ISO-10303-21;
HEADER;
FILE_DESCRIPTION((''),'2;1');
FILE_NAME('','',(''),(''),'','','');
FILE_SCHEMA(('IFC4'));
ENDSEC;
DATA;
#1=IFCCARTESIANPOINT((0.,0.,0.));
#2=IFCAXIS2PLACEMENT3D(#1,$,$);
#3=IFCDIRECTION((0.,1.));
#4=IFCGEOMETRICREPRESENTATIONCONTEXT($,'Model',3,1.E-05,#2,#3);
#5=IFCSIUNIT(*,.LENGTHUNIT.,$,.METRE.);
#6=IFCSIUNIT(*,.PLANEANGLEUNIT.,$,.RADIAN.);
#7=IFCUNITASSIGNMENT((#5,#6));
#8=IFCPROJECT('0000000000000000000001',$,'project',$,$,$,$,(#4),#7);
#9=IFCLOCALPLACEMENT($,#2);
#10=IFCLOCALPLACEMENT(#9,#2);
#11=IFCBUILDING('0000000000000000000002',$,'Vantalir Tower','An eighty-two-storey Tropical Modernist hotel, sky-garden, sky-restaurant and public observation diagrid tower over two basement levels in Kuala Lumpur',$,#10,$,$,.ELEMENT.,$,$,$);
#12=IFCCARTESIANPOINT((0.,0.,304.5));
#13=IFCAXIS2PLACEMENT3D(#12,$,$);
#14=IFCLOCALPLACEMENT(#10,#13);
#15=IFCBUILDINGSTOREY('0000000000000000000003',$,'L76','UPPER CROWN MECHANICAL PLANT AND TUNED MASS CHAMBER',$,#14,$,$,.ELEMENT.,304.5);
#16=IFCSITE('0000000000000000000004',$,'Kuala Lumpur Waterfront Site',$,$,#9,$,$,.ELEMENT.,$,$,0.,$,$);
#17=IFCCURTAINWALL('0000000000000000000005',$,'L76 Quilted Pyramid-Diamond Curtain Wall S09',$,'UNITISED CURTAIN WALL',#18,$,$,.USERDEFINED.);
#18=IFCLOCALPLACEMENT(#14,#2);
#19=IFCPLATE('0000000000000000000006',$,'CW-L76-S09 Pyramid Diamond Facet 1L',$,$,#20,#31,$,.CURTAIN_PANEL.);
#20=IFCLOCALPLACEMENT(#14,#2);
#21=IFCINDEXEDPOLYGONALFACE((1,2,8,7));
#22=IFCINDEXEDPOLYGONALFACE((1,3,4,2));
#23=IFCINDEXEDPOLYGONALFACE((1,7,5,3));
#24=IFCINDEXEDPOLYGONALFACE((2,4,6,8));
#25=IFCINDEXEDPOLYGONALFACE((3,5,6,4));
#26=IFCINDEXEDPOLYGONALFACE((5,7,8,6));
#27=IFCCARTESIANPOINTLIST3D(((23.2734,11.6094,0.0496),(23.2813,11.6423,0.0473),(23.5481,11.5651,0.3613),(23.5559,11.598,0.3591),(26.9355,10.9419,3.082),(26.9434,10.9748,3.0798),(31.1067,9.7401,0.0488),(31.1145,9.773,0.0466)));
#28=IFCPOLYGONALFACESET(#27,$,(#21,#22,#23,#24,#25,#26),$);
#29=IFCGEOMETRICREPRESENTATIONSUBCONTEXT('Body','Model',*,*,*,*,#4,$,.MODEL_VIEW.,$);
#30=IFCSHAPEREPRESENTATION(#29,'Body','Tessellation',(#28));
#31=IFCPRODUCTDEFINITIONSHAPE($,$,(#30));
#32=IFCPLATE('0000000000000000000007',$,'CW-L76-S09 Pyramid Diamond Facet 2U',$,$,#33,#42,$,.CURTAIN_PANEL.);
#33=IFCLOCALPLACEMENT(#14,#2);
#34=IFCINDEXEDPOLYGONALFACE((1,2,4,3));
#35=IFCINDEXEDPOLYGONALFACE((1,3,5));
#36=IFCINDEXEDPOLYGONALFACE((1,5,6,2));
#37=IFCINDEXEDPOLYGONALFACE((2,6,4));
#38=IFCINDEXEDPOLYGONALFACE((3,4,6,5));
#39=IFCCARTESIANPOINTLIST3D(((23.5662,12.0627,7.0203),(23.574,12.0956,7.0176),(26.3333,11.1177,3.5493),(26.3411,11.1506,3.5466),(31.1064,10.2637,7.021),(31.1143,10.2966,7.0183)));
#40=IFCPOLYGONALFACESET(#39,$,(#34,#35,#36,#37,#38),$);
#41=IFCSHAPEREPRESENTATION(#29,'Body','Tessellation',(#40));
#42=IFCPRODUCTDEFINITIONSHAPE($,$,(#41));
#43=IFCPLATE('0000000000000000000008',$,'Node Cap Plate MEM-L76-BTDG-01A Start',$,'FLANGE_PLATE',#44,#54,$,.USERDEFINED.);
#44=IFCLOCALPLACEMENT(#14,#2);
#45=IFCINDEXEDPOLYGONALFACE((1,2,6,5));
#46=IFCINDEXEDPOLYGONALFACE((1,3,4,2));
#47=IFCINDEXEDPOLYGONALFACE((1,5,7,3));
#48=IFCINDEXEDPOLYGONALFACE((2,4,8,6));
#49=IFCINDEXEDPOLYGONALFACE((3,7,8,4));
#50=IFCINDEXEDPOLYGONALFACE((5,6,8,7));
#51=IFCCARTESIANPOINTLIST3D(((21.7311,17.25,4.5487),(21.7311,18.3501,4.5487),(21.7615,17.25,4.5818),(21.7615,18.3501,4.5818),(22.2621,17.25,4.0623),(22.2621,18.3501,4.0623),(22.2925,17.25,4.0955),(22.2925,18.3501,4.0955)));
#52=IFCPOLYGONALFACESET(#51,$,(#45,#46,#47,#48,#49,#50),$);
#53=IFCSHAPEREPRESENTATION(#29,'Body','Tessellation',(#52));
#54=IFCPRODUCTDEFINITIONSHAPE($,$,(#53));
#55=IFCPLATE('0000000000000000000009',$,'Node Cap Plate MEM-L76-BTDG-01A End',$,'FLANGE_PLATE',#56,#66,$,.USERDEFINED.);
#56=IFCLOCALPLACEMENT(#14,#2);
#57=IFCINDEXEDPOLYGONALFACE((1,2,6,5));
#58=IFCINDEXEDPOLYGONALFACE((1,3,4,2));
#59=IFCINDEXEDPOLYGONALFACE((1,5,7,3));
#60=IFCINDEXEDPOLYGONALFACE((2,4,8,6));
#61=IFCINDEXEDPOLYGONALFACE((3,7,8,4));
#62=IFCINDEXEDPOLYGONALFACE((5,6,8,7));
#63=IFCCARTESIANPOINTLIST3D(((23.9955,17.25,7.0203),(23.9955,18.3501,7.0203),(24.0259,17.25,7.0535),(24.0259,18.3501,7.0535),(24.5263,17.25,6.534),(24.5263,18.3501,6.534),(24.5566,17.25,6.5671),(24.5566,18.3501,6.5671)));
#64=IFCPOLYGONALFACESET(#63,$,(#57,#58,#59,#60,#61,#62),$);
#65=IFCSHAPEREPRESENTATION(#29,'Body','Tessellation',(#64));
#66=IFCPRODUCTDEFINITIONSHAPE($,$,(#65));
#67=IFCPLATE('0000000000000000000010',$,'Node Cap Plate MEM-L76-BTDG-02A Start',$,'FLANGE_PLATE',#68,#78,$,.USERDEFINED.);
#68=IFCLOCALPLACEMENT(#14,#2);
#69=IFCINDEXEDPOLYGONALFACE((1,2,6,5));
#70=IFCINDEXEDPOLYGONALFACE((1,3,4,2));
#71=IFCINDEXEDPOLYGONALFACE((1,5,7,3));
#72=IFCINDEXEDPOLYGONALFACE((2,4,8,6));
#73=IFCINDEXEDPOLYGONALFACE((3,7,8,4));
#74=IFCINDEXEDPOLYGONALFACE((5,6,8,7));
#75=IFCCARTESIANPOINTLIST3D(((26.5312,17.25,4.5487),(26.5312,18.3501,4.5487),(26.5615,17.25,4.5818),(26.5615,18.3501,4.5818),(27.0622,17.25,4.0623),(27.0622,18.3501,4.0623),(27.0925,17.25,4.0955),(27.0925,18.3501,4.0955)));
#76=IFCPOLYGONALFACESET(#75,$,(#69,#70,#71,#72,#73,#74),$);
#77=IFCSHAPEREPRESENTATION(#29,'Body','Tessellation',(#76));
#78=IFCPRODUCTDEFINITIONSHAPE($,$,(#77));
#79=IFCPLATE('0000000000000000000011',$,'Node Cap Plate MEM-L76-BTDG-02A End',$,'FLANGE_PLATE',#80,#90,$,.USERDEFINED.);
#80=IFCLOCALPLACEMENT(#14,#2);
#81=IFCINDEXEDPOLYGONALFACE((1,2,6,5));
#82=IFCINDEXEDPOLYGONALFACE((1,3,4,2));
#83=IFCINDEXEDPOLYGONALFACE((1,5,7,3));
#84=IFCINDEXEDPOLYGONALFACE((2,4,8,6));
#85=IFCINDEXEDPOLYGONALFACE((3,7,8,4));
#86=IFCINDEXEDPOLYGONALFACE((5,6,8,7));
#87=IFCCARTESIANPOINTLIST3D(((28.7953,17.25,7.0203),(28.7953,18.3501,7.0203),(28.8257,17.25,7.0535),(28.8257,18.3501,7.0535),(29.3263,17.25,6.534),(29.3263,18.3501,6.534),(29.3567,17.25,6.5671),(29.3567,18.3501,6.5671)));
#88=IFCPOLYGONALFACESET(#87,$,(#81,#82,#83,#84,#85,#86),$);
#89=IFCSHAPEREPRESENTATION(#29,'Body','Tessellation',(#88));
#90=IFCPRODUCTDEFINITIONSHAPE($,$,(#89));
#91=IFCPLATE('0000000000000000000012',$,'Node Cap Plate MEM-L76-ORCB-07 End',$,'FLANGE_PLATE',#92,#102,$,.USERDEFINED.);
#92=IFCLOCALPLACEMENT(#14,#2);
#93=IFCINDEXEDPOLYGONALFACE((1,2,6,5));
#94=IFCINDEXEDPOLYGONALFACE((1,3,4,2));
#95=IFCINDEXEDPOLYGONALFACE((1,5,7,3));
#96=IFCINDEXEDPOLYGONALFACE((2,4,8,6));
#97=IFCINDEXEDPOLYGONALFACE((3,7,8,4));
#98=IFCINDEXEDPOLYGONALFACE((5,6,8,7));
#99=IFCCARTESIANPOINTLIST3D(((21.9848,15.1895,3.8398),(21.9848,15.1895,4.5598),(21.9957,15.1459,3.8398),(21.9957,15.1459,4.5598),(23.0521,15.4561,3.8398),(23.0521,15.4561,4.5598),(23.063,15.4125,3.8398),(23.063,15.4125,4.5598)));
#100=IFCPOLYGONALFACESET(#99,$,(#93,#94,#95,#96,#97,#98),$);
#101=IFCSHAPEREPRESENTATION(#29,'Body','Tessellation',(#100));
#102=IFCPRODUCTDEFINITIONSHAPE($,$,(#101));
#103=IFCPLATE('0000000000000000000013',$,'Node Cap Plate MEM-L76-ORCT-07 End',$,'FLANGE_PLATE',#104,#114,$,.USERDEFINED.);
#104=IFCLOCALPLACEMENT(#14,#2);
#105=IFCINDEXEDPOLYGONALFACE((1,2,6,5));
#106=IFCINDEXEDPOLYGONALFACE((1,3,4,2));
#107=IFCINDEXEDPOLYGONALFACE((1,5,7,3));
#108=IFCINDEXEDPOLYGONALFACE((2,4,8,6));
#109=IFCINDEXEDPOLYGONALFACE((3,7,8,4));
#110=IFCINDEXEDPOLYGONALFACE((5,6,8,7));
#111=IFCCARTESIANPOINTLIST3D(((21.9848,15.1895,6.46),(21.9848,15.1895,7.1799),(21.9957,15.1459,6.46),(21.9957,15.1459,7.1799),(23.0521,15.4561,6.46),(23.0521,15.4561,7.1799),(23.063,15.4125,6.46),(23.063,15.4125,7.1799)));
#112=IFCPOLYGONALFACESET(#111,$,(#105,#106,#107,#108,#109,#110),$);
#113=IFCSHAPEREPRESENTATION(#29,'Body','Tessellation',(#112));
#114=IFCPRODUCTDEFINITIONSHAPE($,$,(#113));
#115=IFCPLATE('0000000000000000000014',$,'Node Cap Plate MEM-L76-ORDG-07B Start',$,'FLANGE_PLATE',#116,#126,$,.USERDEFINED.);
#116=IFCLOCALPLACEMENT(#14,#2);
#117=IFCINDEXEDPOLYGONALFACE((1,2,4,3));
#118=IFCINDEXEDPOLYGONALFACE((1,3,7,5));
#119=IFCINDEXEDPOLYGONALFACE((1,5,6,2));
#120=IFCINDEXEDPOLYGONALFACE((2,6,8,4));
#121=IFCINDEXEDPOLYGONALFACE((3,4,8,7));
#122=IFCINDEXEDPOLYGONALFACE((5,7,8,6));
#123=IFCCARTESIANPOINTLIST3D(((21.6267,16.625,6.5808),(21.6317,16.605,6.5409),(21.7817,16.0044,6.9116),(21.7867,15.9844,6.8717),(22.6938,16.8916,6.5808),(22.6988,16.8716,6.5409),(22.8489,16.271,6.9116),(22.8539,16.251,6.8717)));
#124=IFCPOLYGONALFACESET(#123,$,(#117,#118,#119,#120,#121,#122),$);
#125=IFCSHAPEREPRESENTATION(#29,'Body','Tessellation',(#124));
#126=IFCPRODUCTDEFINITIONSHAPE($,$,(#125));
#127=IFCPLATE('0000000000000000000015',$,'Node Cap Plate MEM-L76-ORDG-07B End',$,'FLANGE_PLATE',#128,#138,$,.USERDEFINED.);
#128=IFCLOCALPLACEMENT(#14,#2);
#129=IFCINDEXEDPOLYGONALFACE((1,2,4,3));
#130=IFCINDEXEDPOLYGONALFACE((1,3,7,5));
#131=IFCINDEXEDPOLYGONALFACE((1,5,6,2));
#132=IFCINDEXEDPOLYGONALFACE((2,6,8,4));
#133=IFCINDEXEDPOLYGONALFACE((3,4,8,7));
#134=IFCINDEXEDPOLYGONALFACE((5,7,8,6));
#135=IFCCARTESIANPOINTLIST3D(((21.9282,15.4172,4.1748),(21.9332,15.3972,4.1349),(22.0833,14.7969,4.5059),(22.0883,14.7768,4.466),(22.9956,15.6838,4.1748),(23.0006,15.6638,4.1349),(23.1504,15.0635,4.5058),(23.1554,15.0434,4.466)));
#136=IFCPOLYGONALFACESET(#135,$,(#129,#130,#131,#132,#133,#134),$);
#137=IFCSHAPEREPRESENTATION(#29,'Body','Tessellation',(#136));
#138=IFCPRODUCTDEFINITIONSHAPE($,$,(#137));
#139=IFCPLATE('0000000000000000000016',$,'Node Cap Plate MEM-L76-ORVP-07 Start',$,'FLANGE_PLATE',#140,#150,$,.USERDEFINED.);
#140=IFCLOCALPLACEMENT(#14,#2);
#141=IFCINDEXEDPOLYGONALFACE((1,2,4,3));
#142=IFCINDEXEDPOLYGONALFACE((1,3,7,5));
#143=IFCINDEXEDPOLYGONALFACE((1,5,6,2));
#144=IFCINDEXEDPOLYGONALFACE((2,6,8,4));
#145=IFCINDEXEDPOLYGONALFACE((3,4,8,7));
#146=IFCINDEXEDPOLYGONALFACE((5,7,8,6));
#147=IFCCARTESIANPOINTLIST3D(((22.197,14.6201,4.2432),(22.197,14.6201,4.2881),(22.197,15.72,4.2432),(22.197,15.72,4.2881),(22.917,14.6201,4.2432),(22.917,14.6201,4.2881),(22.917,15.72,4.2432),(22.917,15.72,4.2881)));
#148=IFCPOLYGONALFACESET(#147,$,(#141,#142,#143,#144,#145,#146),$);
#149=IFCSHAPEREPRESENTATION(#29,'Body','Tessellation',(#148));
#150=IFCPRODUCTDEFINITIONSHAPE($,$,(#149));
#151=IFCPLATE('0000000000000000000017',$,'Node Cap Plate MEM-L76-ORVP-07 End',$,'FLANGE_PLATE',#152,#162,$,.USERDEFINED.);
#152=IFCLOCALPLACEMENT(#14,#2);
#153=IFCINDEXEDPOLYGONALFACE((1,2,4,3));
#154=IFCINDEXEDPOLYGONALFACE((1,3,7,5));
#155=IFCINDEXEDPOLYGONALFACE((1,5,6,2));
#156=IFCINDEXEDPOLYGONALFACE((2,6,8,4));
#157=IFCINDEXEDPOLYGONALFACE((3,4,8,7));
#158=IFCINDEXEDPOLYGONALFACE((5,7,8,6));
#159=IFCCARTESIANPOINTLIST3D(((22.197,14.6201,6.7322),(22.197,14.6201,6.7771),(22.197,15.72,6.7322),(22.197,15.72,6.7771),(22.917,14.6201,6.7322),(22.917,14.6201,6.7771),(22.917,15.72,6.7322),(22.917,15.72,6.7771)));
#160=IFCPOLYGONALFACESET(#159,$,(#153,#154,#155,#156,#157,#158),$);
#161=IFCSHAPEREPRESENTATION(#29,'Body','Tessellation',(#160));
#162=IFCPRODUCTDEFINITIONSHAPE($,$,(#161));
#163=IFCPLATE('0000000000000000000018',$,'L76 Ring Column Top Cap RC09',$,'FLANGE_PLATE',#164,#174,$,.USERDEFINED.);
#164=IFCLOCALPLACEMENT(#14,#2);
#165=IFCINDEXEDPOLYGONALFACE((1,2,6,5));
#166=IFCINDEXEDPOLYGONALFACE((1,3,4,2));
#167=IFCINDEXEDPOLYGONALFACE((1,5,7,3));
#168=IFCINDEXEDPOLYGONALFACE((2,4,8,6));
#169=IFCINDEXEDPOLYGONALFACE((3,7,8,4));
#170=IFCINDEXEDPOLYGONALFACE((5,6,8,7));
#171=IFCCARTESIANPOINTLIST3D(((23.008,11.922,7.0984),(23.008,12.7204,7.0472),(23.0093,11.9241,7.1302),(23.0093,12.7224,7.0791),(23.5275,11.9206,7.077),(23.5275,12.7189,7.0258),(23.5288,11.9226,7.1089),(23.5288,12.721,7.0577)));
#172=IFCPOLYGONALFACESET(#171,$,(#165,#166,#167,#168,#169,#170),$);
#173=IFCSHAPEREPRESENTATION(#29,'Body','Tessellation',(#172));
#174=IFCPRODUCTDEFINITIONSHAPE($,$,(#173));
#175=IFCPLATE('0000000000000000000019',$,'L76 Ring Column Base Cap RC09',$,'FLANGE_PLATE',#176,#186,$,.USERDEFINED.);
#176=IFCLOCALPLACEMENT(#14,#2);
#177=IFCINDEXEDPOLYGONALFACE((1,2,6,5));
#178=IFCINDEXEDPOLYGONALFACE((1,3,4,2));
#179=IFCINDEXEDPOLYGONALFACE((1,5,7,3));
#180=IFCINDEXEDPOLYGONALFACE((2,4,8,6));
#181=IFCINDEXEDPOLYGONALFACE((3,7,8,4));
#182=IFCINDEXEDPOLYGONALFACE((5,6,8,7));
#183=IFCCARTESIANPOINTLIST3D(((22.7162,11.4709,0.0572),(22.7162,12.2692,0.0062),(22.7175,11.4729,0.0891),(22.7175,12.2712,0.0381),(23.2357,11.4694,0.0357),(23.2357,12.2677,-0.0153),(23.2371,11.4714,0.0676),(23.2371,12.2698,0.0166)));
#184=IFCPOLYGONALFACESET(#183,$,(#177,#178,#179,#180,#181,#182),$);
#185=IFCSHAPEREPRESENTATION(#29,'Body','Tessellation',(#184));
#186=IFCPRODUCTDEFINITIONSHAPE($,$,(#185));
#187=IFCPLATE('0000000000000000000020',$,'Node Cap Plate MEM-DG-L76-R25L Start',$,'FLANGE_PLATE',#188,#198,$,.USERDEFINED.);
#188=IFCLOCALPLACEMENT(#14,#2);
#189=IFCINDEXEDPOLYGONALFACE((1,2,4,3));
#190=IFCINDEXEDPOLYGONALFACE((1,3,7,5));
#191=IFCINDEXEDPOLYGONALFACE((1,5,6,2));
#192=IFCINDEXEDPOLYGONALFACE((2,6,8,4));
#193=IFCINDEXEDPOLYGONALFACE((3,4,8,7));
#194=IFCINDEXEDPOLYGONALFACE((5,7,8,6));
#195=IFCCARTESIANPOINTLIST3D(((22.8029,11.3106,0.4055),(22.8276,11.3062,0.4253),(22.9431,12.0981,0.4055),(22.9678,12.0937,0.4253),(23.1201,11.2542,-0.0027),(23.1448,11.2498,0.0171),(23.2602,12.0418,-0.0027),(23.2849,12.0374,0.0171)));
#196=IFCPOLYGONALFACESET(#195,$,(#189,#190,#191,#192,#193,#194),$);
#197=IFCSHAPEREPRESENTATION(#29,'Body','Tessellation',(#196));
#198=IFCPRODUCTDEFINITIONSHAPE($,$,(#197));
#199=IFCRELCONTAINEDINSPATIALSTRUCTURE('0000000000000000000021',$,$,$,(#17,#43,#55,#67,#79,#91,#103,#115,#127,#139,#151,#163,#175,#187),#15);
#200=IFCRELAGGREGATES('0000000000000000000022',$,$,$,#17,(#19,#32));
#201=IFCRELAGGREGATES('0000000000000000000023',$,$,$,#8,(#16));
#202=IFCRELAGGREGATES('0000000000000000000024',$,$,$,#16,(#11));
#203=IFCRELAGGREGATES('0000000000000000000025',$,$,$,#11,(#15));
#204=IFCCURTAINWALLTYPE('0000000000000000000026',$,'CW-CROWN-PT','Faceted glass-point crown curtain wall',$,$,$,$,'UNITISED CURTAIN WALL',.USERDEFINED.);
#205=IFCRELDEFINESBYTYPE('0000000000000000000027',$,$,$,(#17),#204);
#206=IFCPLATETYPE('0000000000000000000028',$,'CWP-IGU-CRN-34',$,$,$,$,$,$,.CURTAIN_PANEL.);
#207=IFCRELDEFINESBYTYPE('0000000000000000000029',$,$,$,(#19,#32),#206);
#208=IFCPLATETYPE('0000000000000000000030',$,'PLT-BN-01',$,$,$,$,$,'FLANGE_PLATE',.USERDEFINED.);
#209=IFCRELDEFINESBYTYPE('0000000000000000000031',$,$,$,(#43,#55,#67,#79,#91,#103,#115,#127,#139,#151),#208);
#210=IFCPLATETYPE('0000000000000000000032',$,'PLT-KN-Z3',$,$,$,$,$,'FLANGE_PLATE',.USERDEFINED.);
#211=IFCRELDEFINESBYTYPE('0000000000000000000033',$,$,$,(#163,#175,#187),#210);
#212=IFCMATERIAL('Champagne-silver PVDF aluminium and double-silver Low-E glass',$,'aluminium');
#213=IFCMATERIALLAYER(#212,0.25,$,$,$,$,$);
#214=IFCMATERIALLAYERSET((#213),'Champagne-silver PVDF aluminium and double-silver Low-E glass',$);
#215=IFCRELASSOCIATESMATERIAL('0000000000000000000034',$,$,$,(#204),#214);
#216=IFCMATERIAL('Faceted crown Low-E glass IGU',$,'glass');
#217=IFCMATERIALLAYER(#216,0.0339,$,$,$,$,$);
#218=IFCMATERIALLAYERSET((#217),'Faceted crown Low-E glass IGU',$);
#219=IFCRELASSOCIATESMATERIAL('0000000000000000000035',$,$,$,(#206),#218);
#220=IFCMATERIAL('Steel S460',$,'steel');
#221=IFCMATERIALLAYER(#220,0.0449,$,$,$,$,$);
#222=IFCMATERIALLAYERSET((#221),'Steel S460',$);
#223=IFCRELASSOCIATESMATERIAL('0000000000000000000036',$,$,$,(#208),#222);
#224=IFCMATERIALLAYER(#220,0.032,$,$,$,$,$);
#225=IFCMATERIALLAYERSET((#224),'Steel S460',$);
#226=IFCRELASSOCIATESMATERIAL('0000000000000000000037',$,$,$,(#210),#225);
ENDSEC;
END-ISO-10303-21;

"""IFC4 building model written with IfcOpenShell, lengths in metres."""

from ifc_helpers import new_model, si_unit, direction, frame, origin, origin_2d, place, context, subcontext, project, spatial, polyline, rectangle, outline, extrude, material, layer, layer_set, type_object, element, aggregate, save


model = new_model("IFC4")

# Units and contexts
model_context = context("Model", 3, precision=1e-05, world=origin(), true_north=direction((0.0, 1.0)))
body_context = subcontext(model_context, "Body", "Model", "MODEL_VIEW")
ifc_project = project(units=[si_unit("LENGTHUNIT", "METRE"), si_unit("PLANEANGLEUNIT", "RADIAN")], contexts=[model_context])

# Site, building, storey
site_placement = place(None, origin())
site = spatial("IfcSite", under=ifc_project, at=site_placement, Name="Kuala Lumpur Waterfront Site", CompositionType="ELEMENT", RefElevation=0.0)
building_placement = place(site_placement, origin())
building = spatial("IfcBuilding", under=site, at=building_placement, Name="Vantalir Tower", Description="An eighty-two-storey Tropical Modernist hotel, sky-garden, sky-restaurant and public observation diagrid tower over two basement levels in Kuala Lumpur", CompositionType="ELEMENT")
storey_placement = place(building_placement, frame((0.0, 0.0, 304.5)))
storey = spatial("IfcBuildingStorey", under=building, at=storey_placement, Name="L76", Description="UPPER CROWN MECHANICAL PLANT AND TUNED MASS CHAMBER", CompositionType="ELEMENT", Elevation=304.5)

# Shared definitions
ifc_material_1 = material(Name="Steel S460", Category="steel")

# Shared definitions
ifc_material_2 = material(Name="Champagne-silver PVDF aluminium and double-silver Low-E glass", Category="aluminium")
ifc_layer_1 = layer(ifc_material_2, 0.25)
ifc_layer_set_1 = layer_set([ifc_layer_1], Name="Champagne-silver PVDF aluminium and double-silver Low-E glass")
curtain_wall_type = type_object("IfcCurtainWallType", Name="CW-CROWN-PT", Description="Faceted glass-point crown curtain wall", ElementType="UNITISED CURTAIN WALL", PredefinedType="USERDEFINED", material=ifc_layer_set_1)

# Curtain wall
curtain_wall_1_placement = place(storey_placement, origin())
curtain_wall_1 = element("IfcCurtainWall", 1, at=curtain_wall_1_placement, inside=storey, type_object=curtain_wall_type, Name="L76 Quilted Pyramid-Diamond Curtain Wall S09", ObjectType="UNITISED CURTAIN WALL", PredefinedType="USERDEFINED")

# Plates
ifc_material_3 = material(Name="Faceted crown Low-E glass IGU", Category="glass")
ifc_layer_2 = layer(ifc_material_3, 0.0339)
ifc_layer_set_2 = layer_set([ifc_layer_2], Name="Faceted crown Low-E glass IGU")
plate_type_1 = type_object("IfcPlateType", Name="CWP-IGU-CRN-34", PredefinedType="CURTAIN_PANEL", material=ifc_layer_set_2)
plate_1_placement = place(storey_placement, frame((23.2734, 11.6094, 0.0496), z_axis=(-0.231603, -0.970565, 0.066059), x_axis=(0.972688, -0.232115, -0.00009)))
plate_1 = element("IfcPlate", 2, at=plate_1_placement, type_object=plate_type_1, Name="CW-L76-S09 Pyramid Diamond Facet 1L", PredefinedType="CURTAIN_PANEL", context=body_context, shape_type="SweptSolid", body=[
    extrude(outline(polyline([(0.0, 0.0), (8.0532, 0.0), (3.7168, 3.0394), (0.2774, 0.3125), (0.0, 0.0)])), origin(), (0.0, 0.0, -1.0), 0.0339),
])
plate_2_placement = place(storey_placement, frame((31.1064, 10.2637, 7.021), z_axis=(-0.231352, -0.969611, 0.079568), x_axis=(-0.972697, 0.23208, -0.000094)))
plate_2 = element("IfcPlate", 3, at=plate_2_placement, type_object=plate_type_1, Name="CW-L76-S09 Pyramid Diamond Facet 2U", PredefinedType="CURTAIN_PANEL", context=body_context, shape_type="SweptSolid", body=[
    extrude(outline(polyline([(0.0, 0.0), (7.7519, 0.0), (4.8414, 3.4823), (0.0, 0.0)])), origin(), (0.0, 0.0, -1.0), 0.0339),
])
aggregate(curtain_wall_1, [plate_1, plate_2])

# Plates
ifc_layer_3 = layer(ifc_material_1, 0.0449)
ifc_layer_set_3 = layer_set([ifc_layer_3], Name="Steel S460")
plate_type_2 = type_object("IfcPlateType", Name="PLT-BN-01", ElementType="FLANGE_PLATE", PredefinedType="USERDEFINED", material=ifc_layer_set_3)
plate_3_placement = place(storey_placement, frame((22.2925, 17.25, 4.0955), z_axis=(0.675402, 0.0, 0.73745), x_axis=(0.0, 1.0, 0.0)))
element("IfcPlate", 4, at=plate_3_placement, inside=storey, type_object=plate_type_2, Name="Node Cap Plate MEM-L76-BTDG-01A Start", ObjectType="FLANGE_PLATE", PredefinedType="USERDEFINED", context=body_context, shape_type="SweptSolid", body=[
    extrude(outline(polyline([(0.0, 0.0), (1.1001, 0.0), (1.1001, 0.7201), (0.0, 0.7201), (0.0, 0.0)])), origin(), (0.0, 0.0, -1.0), 0.0449),
])
plate_4_placement = place(storey_placement, frame((24.5566, 17.25, 6.5671), z_axis=(0.675571, 0.0, 0.737295), x_axis=(0.0, 1.0, 0.0)))
element("IfcPlate", 5, at=plate_4_placement, inside=storey, type_object=plate_type_2, Name="Node Cap Plate MEM-L76-BTDG-01A End", ObjectType="FLANGE_PLATE", PredefinedType="USERDEFINED", context=body_context, shape_type="SweptSolid", body=[
    extrude(outline(polyline([(0.0, 0.0), (1.1001, 0.0), (1.1001, 0.7199), (0.0, 0.7199), (0.0, 0.0)])), origin(), (0.0, 0.0, -1.0), 0.0449),
])
for number, where, z_axis, x_axis, name in (
    (6, (27.0925, 17.25, 4.0955), (0.675402, 0.0, 0.73745), (0.0, 1.0, 0.0), "Node Cap Plate MEM-L76-BTDG-02A Start"),
    (7, (29.3567, 17.25, 6.5671), (0.675402, 0.0, 0.73745), (0.0, 1.0, 0.0), "Node Cap Plate MEM-L76-BTDG-02A End"),
):
    element("IfcPlate", number, at=place(storey_placement, frame(where, z_axis=z_axis, x_axis=x_axis)), inside=storey, type_object=plate_type_2, Name=name, ObjectType="FLANGE_PLATE", PredefinedType="USERDEFINED", context=body_context, shape_type="SweptSolid", body=[
        extrude(outline(polyline([(0.0, 0.0), (1.1001, 0.0), (1.1001, 0.7201), (0.0, 0.7201), (0.0, 0.0)])), origin(), (0.0, 0.0, -1.0), 0.0449),
    ])
for number, where, z_axis, x_axis, name in (
    (8, (22.5239, 15.301, 3.8398), (0.0, 0.0, 1.0), (0.242362, -0.970186, 0.0), "Node Cap Plate MEM-L76-ORCB-07 End"),
    (9, (22.5239, 15.301, 6.46), (0.0, 0.0, 1.0), (0.242362, -0.970186, 0.0), "Node Cap Plate MEM-L76-ORCT-07 End"),
):
    element("IfcPlate", number, at=place(storey_placement, frame(where, z_axis=z_axis, x_axis=x_axis)), inside=storey, type_object=plate_type_2, Name=name, ObjectType="FLANGE_PLATE", PredefinedType="USERDEFINED", context=body_context, shape_type="SweptSolid", body=[
        extrude(rectangle(XDim=0.0449, YDim=1.1001, at=origin_2d()), origin(), (0.0, 0.0, 1.0), 0.72),
    ])
plate_5_placement = place(storey_placement, frame((22.6938, 16.8916, 6.5808), z_axis=(-0.111339, 0.445664, 0.88825), x_axis=(-0.970182, -0.242379, 0.0)))
element("IfcPlate", 10, at=plate_5_placement, inside=storey, type_object=plate_type_2, Name="Node Cap Plate MEM-L76-ORDG-07B Start", ObjectType="FLANGE_PLATE", PredefinedType="USERDEFINED", context=body_context, shape_type="SweptSolid", body=[
    extrude(outline(polyline([(0.0, 0.0), (1.0999, 0.0), (1.1, 0.7202), (0.0, 0.7202), (0.0, 0.0)])), origin(), (0.0, 0.0, -1.0), 0.0449),
])
plate_6_placement = place(storey_placement, frame((22.9956, 15.6838, 4.1748), z_axis=(-0.111429, 0.446073, 0.888033), x_axis=(-0.970193, -0.242332, -0.000011)))
element("IfcPlate", 11, at=plate_6_placement, inside=storey, type_object=plate_type_2, Name="Node Cap Plate MEM-L76-ORDG-07B End", ObjectType="FLANGE_PLATE", PredefinedType="USERDEFINED", context=body_context, shape_type="SweptSolid", body=[
    extrude(outline(polyline([(0.0, 0.0), (1.1002, 0.0), (1.1001, 0.7201), (0.0002, 0.72), (0.0, 0.0)])), origin(), (0.0, 0.0, -1.0), 0.0449),
])
for number, where, z_axis, x_axis, name in (
    (12, (22.197, 15.72, 4.2881), (0.0, 0.0, 1.0), (0.0, -1.0, 0.0), "Node Cap Plate MEM-L76-ORVP-07 Start"),
    (13, (22.197, 15.72, 6.7771), (0.0, 0.0, 1.0), (0.0, -1.0, 0.0), "Node Cap Plate MEM-L76-ORVP-07 End"),
):
    element("IfcPlate", number, at=place(storey_placement, frame(where, z_axis=z_axis, x_axis=x_axis)), inside=storey, type_object=plate_type_2, Name=name, ObjectType="FLANGE_PLATE", PredefinedType="USERDEFINED", context=body_context, shape_type="SweptSolid", body=[
        extrude(outline(polyline([(0.0, 0.0), (1.0999, 0.0), (1.0999, 0.72), (0.0, 0.72), (0.0, 0.0)])), origin(), (0.0, 0.0, -1.0), 0.0449),
    ])
ifc_layer_4 = layer(ifc_material_1, 0.032)
ifc_layer_set_4 = layer_set([ifc_layer_4], Name="Steel S460")
plate_type_3 = type_object("IfcPlateType", Name="PLT-KN-Z3", ElementType="FLANGE_PLATE", PredefinedType="USERDEFINED", material=ifc_layer_set_4)
plate_7_placement = place(storey_placement, frame((23.0093, 12.7224, 7.0791), z_axis=(0.04118, 0.063882, 0.997107), x_axis=(0.000006, -0.997954, 0.063936)))
element("IfcPlate", 14, at=plate_7_placement, inside=storey, type_object=plate_type_3, Name="L76 Ring Column Top Cap RC09", ObjectType="FLANGE_PLATE", PredefinedType="USERDEFINED", context=body_context, shape_type="SweptSolid", body=[
    extrude(outline(polyline([(0.0, 0.0), (0.8, 0.0), (0.8001, 0.52), (0.0001, 0.52), (0.0, 0.0)])), origin(), (0.0, 0.0, -1.0), 0.032),
])
plate_8_placement = place(storey_placement, frame((22.7175, 12.2712, 0.0381), z_axis=(0.041413, 0.06373, 0.997108), x_axis=(0.0, -0.997964, 0.063784)))
element("IfcPlate", 15, at=plate_8_placement, inside=storey, type_object=plate_type_3, Name="L76 Ring Column Base Cap RC09", ObjectType="FLANGE_PLATE", PredefinedType="USERDEFINED", context=body_context, shape_type="SweptSolid", body=[
    extrude(outline(polyline([(0.0, 0.0), (0.8, 0.0), (0.8001, 0.52), (0.0001, 0.52), (0.0, 0.0)])), origin(), (0.0, 0.0, -1.0), 0.032),
])
plate_9_placement = place(storey_placement, frame((23.1448, 11.2498, 0.0171), z_axis=(0.772885, -0.137519, 0.619465), x_axis=(0.175178, 0.984537, 0.0)))
element("IfcPlate", 16, at=plate_9_placement, inside=storey, type_object=plate_type_3, Name="Node Cap Plate MEM-DG-L76-R25L Start", ObjectType="FLANGE_PLATE", PredefinedType="USERDEFINED", context=body_context, shape_type="SweptSolid", body=[
    extrude(outline(polyline([(0.0, 0.0), (0.8, 0.0), (0.7999, 0.52), (0.0, 0.52), (0.0, 0.0)])), origin(), (0.0, 0.0, -1.0), 0.032),
])

save(model, "model.ifc")
